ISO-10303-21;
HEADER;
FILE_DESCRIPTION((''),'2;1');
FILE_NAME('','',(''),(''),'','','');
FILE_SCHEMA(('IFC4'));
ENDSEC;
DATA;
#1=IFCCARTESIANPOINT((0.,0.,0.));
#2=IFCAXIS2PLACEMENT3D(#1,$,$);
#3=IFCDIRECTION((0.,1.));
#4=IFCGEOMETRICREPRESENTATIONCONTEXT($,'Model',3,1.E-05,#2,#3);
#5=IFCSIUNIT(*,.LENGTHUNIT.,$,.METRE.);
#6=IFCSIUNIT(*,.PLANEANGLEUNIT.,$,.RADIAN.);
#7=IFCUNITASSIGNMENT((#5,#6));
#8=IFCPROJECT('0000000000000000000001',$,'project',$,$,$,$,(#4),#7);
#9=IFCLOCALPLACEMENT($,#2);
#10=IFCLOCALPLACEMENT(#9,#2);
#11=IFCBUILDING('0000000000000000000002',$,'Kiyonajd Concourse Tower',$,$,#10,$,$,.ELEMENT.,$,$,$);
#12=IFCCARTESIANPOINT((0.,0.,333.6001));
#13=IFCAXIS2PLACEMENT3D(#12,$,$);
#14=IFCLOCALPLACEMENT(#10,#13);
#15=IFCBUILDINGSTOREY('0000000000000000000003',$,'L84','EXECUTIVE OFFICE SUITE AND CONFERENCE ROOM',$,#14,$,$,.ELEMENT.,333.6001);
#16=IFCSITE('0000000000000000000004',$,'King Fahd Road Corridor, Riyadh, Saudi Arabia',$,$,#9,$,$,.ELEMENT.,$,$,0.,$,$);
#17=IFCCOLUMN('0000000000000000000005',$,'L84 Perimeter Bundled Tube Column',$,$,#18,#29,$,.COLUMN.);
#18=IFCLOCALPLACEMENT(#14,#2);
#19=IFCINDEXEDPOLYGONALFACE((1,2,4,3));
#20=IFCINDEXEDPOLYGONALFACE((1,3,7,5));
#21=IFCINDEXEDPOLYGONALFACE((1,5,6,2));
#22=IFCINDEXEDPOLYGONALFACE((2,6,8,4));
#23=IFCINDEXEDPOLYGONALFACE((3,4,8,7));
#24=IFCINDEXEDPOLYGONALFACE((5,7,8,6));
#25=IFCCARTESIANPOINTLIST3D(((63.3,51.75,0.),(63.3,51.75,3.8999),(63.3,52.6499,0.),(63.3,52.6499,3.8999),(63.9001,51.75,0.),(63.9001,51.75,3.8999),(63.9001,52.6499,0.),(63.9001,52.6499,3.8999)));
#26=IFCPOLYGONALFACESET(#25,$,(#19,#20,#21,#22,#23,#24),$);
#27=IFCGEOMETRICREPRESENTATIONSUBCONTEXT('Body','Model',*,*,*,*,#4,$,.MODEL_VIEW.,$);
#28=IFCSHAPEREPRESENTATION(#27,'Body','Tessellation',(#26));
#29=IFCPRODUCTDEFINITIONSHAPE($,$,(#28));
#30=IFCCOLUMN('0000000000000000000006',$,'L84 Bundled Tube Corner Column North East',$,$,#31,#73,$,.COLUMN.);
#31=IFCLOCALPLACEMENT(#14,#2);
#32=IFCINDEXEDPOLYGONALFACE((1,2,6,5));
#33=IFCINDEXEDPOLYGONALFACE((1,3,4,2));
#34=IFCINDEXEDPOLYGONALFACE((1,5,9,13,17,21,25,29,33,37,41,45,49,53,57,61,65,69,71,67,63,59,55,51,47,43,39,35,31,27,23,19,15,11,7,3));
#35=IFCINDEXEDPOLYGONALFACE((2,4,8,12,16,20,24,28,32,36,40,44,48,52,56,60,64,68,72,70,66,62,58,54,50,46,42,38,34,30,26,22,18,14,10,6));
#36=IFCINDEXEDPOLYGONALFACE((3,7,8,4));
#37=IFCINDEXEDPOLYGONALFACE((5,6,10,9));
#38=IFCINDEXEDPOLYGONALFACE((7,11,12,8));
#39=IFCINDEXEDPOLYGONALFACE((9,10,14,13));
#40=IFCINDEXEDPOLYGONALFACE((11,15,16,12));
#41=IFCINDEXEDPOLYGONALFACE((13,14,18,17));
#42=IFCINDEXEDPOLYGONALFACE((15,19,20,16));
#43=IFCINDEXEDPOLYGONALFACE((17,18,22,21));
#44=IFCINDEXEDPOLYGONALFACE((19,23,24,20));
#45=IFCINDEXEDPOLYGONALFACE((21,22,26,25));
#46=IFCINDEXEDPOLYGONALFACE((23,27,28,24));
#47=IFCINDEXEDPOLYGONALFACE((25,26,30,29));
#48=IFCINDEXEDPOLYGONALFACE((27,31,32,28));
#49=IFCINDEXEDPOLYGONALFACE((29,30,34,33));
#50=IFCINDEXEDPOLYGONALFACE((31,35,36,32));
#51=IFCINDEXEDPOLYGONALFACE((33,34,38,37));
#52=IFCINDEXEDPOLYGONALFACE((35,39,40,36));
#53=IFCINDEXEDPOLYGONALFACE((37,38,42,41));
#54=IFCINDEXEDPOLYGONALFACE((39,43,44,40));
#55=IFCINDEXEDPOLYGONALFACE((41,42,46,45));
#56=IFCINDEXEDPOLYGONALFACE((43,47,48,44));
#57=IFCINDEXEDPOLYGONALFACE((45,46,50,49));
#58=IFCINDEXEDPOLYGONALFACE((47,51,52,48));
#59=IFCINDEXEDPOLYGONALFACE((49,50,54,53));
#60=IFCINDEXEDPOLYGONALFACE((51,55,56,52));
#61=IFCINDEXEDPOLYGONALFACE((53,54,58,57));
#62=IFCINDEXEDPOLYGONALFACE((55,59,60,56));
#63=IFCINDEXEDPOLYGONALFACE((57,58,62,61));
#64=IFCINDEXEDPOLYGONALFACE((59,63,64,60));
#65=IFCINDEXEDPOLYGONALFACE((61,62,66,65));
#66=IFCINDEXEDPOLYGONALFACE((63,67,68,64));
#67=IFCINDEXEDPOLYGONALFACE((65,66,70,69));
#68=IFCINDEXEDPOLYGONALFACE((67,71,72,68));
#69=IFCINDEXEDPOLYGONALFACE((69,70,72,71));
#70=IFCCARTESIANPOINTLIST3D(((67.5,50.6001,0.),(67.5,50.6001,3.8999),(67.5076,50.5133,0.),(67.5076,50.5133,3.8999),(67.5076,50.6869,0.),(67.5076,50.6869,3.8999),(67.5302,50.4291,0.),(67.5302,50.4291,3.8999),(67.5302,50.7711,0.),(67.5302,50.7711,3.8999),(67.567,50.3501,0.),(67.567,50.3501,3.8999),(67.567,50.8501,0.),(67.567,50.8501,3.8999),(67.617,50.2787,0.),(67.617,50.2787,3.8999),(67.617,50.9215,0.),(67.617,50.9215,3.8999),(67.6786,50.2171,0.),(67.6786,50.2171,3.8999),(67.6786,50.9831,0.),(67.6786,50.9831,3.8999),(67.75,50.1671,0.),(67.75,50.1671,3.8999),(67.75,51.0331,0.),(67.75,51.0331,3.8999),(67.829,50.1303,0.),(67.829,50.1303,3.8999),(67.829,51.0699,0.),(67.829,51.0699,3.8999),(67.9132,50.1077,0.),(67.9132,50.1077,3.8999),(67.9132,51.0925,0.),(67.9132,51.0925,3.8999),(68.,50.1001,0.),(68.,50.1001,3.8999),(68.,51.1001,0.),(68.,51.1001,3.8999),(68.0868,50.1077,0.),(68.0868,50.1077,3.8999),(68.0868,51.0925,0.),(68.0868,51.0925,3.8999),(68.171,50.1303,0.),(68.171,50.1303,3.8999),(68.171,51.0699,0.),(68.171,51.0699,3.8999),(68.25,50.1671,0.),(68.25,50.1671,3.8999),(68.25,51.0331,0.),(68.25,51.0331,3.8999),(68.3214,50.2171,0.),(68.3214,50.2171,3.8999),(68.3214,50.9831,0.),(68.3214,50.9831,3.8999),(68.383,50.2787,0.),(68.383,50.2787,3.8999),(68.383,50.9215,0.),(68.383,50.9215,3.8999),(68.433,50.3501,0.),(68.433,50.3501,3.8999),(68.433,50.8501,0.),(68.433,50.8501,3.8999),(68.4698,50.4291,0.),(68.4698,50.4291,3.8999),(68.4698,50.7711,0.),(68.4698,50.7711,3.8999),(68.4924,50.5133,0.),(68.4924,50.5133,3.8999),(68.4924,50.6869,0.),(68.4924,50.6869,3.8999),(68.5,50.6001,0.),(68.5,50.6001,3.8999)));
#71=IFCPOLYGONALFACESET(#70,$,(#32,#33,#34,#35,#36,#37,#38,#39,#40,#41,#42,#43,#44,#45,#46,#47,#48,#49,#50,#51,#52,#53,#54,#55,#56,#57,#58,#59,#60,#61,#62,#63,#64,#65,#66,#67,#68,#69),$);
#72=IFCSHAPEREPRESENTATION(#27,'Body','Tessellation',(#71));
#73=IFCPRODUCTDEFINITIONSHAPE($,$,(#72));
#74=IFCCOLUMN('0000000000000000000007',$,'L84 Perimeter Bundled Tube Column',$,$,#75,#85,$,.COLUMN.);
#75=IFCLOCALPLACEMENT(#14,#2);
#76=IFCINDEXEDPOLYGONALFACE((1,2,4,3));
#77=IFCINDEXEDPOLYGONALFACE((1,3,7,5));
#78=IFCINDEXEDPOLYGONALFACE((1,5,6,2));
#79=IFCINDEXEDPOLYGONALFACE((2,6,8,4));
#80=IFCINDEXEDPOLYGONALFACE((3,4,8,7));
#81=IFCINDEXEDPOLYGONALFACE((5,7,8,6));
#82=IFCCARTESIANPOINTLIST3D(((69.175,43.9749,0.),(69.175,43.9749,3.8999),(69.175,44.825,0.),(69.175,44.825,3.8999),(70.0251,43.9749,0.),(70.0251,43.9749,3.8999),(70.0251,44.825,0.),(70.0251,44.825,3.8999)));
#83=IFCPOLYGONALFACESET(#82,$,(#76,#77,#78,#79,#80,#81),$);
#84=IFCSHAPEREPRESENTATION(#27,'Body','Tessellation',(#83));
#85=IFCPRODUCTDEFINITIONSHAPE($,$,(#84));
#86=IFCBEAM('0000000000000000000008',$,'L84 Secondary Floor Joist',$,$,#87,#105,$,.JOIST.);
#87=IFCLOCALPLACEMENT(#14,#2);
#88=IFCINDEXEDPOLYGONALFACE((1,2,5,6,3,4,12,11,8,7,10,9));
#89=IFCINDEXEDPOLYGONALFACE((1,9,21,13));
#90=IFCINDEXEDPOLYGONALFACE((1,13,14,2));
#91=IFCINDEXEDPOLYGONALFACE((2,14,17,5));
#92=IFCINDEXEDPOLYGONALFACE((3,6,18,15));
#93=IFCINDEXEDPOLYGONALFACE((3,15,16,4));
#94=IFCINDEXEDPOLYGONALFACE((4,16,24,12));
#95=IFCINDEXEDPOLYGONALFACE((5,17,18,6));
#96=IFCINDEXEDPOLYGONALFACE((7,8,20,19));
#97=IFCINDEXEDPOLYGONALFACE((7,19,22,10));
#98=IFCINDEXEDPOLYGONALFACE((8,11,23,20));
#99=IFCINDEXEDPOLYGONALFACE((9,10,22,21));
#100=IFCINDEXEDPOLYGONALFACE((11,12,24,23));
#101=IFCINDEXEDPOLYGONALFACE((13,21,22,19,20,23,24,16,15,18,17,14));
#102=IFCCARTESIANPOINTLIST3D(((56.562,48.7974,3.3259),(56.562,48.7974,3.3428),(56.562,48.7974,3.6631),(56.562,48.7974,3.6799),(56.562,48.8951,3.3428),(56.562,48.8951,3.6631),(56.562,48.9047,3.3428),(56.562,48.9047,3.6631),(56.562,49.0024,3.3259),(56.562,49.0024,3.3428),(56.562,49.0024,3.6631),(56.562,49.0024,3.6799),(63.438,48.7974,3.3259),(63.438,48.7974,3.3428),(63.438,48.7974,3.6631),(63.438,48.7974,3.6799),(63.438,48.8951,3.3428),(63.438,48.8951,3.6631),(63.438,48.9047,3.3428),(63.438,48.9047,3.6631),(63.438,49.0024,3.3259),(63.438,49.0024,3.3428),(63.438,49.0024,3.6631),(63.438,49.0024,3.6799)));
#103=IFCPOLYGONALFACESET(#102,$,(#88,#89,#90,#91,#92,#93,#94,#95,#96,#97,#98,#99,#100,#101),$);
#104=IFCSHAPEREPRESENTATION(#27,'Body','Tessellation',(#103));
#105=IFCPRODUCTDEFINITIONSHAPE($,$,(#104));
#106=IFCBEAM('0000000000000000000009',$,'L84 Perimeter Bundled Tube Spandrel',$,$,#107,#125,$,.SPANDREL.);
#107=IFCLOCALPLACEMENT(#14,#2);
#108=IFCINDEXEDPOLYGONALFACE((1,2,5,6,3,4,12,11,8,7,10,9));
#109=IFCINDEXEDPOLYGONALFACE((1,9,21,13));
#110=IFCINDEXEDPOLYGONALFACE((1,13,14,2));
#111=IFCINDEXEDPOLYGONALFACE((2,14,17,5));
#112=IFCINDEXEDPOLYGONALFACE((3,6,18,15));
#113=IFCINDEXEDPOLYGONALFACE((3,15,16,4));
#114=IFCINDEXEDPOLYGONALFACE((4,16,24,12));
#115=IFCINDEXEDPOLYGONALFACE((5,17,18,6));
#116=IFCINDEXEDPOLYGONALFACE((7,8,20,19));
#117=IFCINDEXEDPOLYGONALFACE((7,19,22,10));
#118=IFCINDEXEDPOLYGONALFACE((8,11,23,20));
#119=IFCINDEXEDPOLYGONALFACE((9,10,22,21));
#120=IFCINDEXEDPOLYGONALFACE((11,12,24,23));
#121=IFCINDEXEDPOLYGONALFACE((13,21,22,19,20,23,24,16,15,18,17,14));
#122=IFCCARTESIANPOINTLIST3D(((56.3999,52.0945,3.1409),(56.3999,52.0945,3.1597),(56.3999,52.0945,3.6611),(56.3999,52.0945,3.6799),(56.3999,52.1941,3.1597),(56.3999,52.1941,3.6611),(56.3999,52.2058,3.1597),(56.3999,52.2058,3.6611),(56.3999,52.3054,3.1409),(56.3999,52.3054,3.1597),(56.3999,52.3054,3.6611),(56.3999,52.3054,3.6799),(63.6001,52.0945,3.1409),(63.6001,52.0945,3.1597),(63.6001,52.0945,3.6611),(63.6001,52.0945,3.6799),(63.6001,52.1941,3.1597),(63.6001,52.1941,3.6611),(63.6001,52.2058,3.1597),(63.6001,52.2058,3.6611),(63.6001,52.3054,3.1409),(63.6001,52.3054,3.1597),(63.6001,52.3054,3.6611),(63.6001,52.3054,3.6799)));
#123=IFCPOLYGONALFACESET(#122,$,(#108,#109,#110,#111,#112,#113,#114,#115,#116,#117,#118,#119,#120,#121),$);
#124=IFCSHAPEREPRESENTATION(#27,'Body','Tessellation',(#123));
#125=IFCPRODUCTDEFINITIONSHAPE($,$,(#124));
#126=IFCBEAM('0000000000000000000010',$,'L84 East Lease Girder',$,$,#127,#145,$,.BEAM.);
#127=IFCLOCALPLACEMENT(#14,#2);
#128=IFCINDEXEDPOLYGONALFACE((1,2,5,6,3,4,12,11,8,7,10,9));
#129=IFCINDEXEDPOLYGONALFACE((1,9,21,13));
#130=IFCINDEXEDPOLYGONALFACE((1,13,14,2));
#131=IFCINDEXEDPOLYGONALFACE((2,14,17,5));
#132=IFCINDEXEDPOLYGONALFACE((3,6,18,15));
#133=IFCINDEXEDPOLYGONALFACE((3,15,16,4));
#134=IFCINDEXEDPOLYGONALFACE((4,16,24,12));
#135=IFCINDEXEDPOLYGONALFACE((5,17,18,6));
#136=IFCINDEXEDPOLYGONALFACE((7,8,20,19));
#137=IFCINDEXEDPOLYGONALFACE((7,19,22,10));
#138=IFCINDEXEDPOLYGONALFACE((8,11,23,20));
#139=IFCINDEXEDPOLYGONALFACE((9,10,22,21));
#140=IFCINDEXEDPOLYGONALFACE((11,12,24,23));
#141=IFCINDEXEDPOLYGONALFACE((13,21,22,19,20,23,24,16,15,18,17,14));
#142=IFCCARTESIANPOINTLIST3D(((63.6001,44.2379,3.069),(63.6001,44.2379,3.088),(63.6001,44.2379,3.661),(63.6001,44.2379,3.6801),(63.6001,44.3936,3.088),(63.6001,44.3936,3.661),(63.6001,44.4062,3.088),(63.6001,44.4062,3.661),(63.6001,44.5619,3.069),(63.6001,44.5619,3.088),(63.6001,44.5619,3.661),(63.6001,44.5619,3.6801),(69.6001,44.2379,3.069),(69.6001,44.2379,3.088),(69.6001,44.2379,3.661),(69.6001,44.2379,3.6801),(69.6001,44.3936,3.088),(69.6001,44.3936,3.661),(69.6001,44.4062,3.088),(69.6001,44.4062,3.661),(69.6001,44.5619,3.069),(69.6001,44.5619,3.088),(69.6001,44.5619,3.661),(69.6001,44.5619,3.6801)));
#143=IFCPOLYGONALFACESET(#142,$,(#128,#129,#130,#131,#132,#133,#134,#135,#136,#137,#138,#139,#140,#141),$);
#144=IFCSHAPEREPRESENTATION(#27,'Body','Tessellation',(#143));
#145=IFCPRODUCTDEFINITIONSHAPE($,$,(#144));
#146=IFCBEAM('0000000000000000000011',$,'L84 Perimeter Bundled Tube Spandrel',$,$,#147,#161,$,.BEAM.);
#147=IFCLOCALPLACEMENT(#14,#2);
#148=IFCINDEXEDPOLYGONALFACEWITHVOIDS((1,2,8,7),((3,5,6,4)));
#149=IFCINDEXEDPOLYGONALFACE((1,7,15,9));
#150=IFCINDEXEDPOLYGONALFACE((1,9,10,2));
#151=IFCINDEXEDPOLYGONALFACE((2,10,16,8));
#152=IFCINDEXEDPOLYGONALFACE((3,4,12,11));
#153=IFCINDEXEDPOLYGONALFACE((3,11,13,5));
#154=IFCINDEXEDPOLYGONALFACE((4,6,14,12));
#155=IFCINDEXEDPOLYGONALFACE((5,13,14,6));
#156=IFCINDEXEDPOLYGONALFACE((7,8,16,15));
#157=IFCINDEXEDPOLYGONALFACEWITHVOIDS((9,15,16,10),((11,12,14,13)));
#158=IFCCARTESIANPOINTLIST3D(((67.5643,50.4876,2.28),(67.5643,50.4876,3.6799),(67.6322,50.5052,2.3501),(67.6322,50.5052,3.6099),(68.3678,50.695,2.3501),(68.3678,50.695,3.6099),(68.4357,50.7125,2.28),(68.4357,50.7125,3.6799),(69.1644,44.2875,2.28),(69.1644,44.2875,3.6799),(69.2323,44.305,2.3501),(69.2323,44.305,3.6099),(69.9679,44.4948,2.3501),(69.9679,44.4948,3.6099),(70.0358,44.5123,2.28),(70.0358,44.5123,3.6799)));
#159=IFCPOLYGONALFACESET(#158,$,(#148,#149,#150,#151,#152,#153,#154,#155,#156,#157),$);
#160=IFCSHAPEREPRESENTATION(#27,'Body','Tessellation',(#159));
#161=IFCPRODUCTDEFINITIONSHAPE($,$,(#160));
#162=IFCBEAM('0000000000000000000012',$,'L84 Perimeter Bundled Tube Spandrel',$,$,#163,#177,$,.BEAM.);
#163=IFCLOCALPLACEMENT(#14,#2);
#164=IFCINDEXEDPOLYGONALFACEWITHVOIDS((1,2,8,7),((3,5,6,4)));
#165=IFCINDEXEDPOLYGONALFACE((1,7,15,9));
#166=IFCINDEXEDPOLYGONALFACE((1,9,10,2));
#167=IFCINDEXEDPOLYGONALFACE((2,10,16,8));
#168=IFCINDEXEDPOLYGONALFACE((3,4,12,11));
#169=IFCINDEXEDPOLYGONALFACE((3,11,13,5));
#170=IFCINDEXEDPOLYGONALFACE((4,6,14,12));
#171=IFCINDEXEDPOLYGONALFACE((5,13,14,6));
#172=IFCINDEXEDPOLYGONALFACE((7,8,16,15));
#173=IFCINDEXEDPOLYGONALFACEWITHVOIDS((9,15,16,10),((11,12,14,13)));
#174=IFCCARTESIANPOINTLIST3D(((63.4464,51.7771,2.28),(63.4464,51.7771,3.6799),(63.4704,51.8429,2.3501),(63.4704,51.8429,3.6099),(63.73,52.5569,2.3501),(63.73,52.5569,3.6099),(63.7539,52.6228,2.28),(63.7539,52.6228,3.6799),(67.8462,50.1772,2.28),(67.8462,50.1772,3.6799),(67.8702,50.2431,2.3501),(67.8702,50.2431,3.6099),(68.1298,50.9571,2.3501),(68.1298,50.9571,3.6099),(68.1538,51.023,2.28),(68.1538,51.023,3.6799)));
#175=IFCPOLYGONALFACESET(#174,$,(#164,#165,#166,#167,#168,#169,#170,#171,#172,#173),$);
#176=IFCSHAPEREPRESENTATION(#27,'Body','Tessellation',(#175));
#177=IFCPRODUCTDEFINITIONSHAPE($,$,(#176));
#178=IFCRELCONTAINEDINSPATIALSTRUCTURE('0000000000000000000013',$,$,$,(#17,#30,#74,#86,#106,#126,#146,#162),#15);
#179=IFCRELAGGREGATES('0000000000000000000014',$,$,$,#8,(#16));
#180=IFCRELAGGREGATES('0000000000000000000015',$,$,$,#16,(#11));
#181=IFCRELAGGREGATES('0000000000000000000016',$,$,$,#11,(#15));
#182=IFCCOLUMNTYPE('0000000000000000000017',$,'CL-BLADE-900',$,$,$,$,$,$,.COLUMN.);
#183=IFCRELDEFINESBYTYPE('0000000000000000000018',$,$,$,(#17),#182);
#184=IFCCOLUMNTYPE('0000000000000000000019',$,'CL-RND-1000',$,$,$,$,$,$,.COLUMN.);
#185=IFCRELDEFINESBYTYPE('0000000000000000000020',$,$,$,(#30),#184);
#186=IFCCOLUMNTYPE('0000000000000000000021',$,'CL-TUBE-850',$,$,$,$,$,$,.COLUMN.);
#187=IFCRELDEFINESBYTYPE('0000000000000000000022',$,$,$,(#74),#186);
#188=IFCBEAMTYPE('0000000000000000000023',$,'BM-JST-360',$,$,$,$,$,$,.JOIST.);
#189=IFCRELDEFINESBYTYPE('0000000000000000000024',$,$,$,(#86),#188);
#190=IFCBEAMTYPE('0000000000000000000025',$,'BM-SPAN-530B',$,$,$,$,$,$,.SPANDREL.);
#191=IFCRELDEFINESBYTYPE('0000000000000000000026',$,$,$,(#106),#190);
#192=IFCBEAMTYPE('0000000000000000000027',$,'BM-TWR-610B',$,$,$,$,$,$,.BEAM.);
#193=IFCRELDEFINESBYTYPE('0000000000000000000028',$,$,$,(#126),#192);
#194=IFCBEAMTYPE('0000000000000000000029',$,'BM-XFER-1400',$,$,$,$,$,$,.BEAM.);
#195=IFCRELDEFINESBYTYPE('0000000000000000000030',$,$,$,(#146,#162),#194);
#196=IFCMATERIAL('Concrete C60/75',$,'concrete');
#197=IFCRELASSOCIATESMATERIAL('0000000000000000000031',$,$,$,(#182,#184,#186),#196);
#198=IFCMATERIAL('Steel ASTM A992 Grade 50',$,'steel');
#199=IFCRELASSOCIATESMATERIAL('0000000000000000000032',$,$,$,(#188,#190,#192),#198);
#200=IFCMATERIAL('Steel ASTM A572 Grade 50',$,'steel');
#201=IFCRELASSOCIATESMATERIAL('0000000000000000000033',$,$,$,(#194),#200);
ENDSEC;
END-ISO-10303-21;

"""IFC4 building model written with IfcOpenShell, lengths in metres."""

from ifc_helpers import new_model, si_unit, direction, frame, origin, origin_2d, place, context, subcontext, project, spatial, rectangle, hollow_rectangle, circle, i_section, extrude, material, material_profile, profile_set, type_object, element, save


model = new_model("IFC4")

# Units and contexts
model_context = context("Model", 3, precision=1e-05, world=origin(), true_north=direction((0.0, 1.0)))
body_context = subcontext(model_context, "Body", "Model", "MODEL_VIEW")
ifc_project = project(units=[si_unit("LENGTHUNIT", "METRE"), si_unit("PLANEANGLEUNIT", "RADIAN")], contexts=[model_context])

# Site, building, storey
site_placement = place(None, origin())
site = spatial("IfcSite", under=ifc_project, at=site_placement, Name="King Fahd Road Corridor, Riyadh, Saudi Arabia", CompositionType="ELEMENT", RefElevation=0.0)
building_placement = place(site_placement, origin())
building = spatial("IfcBuilding", under=site, at=building_placement, Name="Kiyonajd Concourse Tower", CompositionType="ELEMENT")
storey_placement = place(building_placement, frame((0.0, 0.0, 333.6001)))
storey = spatial("IfcBuildingStorey", under=building, at=storey_placement, Name="L84", Description="EXECUTIVE OFFICE SUITE AND CONFERENCE ROOM", CompositionType="ELEMENT", Elevation=333.6001)

# Columns
ifc_material_1 = material(Name="Concrete C60/75", Category="concrete")
ifc_material_profile_1 = material_profile(ifc_material_1, rectangle(XDim=0.6001, YDim=0.8999, at=origin_2d()), Name="RC-900x600")
ifc_profile_set_1 = profile_set([ifc_material_profile_1], Name="Concrete C60/75")
column_type_1 = type_object("IfcColumnType", Name="CL-BLADE-900", PredefinedType="COLUMN", material=ifc_profile_set_1)
column_1_placement = place(storey_placement, frame((63.6001, 52.2, 0.0), z_axis=(0.0, 0.0, 1.0), x_axis=(1.0, 0.0, 0.0)))
element("IfcColumn", 1, at=column_1_placement, inside=storey, type_object=column_type_1, Name="L84 Perimeter Bundled Tube Column", PredefinedType="COLUMN", context=body_context, shape_type="SweptSolid", body=[
    extrude(rectangle(XDim=0.6001, YDim=0.8999, at=origin_2d()), origin(), (0.0, 0.0, 1.0), 3.8999),
])
ifc_material_profile_2 = material_profile(ifc_material_1, circle(Radius=0.5, at=origin_2d()), Name="RCC-D1000")
ifc_profile_set_2 = profile_set([ifc_material_profile_2], Name="Concrete C60/75")
column_type_2 = type_object("IfcColumnType", Name="CL-RND-1000", PredefinedType="COLUMN", material=ifc_profile_set_2)
column_2_placement = place(storey_placement, frame((68.0, 50.6001, 0.0), z_axis=(0.0, 0.0, 1.0), x_axis=(1.0, 0.0, 0.0)))
element("IfcColumn", 2, at=column_2_placement, inside=storey, type_object=column_type_2, Name="L84 Bundled Tube Corner Column North East", PredefinedType="COLUMN", context=body_context, shape_type="SweptSolid", body=[
    extrude(circle(Radius=0.5, at=origin_2d()), origin(), (0.0, 0.0, 1.0), 3.8999),
])
ifc_material_profile_3 = material_profile(ifc_material_1, rectangle(XDim=0.8501, YDim=0.8501, at=origin_2d()), Name="RC-850x850")
ifc_profile_set_3 = profile_set([ifc_material_profile_3], Name="Concrete C60/75")
column_type_3 = type_object("IfcColumnType", Name="CL-TUBE-850", PredefinedType="COLUMN", material=ifc_profile_set_3)
column_3_placement = place(storey_placement, frame((69.6001, 44.3999, 0.0), z_axis=(0.0, 0.0, 1.0), x_axis=(1.0, 0.0, 0.0)))
element("IfcColumn", 3, at=column_3_placement, inside=storey, type_object=column_type_3, Name="L84 Perimeter Bundled Tube Column", PredefinedType="COLUMN", context=body_context, shape_type="SweptSolid", body=[
    extrude(rectangle(XDim=0.8501, YDim=0.8501, at=origin_2d()), origin(), (0.0, 0.0, 1.0), 3.8999),
])

# Beams
ifc_material_2 = material(Name="Steel ASTM A992 Grade 50", Category="steel")
ifc_material_profile_4 = material_profile(ifc_material_2, i_section(OverallWidth=0.2051, OverallDepth=0.354, WebThickness=0.0095, FlangeThickness=0.0168, at=origin_2d()), Name="W360X79")
ifc_profile_set_4 = profile_set([ifc_material_profile_4], Name="Steel ASTM A992 Grade 50")
beam_type_1 = type_object("IfcBeamType", Name="BM-JST-360", PredefinedType="JOIST", material=ifc_profile_set_4)
beam_1_placement = place(storey_placement, frame((56.562, 48.8999, 3.5029), z_axis=(1.0, 0.0, 0.0), x_axis=(0.0, 1.0, 0.0)))
element("IfcBeam", 4, at=beam_1_placement, inside=storey, type_object=beam_type_1, Name="L84 Secondary Floor Joist", PredefinedType="JOIST", context=body_context, shape_type="SweptSolid", body=[
    extrude(i_section(OverallWidth=0.2051, OverallDepth=0.354, WebThickness=0.0095, FlangeThickness=0.0168, at=origin_2d()), origin(), (0.0, 0.0, 1.0), 6.876),
])
ifc_material_profile_5 = material_profile(ifc_material_2, i_section(OverallWidth=0.2109, OverallDepth=0.5391, WebThickness=0.0117, FlangeThickness=0.0188, at=origin_2d()), Name="W530X109")
ifc_profile_set_5 = profile_set([ifc_material_profile_5], Name="Steel ASTM A992 Grade 50")
beam_type_2 = type_object("IfcBeamType", Name="BM-SPAN-530B", PredefinedType="SPANDREL", material=ifc_profile_set_5)
beam_2_placement = place(storey_placement, frame((63.6001, 52.2, 3.4104), z_axis=(-1.0, 0.0, 0.0), x_axis=(0.0, -1.0, 0.0)))
element("IfcBeam", 5, at=beam_2_placement, inside=storey, type_object=beam_type_2, Name="L84 Perimeter Bundled Tube Spandrel", PredefinedType="SPANDREL", context=body_context, shape_type="SweptSolid", body=[
    extrude(i_section(OverallWidth=0.2109, OverallDepth=0.5391, WebThickness=0.0117, FlangeThickness=0.0188, at=origin_2d()), origin(), (0.0, 0.0, 1.0), 7.2002),
])
ifc_material_profile_6 = material_profile(ifc_material_2, i_section(OverallWidth=0.324, OverallDepth=0.6111, WebThickness=0.0127, FlangeThickness=0.019, at=origin_2d()), Name="W610X155")
ifc_profile_set_6 = profile_set([ifc_material_profile_6], Name="Steel ASTM A992 Grade 50")
beam_type_3 = type_object("IfcBeamType", Name="BM-TWR-610B", PredefinedType="BEAM", material=ifc_profile_set_6)
beam_3_placement = place(storey_placement, frame((63.6001, 44.3999, 3.3745), z_axis=(1.0, 0.0, 0.0), x_axis=(0.0, 1.0, 0.0)))
element("IfcBeam", 6, at=beam_3_placement, inside=storey, type_object=beam_type_3, Name="L84 East Lease Girder", PredefinedType="BEAM", context=body_context, shape_type="SweptSolid", body=[
    extrude(i_section(OverallWidth=0.324, OverallDepth=0.6111, WebThickness=0.0127, FlangeThickness=0.019, at=origin_2d()), origin(), (0.0, 0.0, 1.0), 6.0),
])
ifc_material_3 = material(Name="Steel ASTM A572 Grade 50", Category="steel")
ifc_material_profile_7 = material_profile(ifc_material_3, hollow_rectangle(XDim=0.8999, YDim=1.3999, WallThickness=0.0701, at=origin_2d()), Name="BOX-1400x900x70")
ifc_profile_set_7 = profile_set([ifc_material_profile_7], Name="Steel ASTM A572 Grade 50")
beam_type_4 = type_object("IfcBeamType", Name="BM-XFER-1400", PredefinedType="BEAM", material=ifc_profile_set_7)
beam_4_placement = place(storey_placement, frame((69.6001, 44.3999, 2.98), z_axis=(-0.249885, 0.968276, 0.0), x_axis=(-0.968276, -0.249885, 0.0)))
element("IfcBeam", 7, at=beam_4_placement, inside=storey, type_object=beam_type_4, Name="L84 Perimeter Bundled Tube Spandrel", PredefinedType="BEAM", context=body_context, shape_type="SweptSolid", body=[
    extrude(hollow_rectangle(XDim=0.8999, YDim=1.3999, WallThickness=0.0701, at=origin_2d()), origin(), (0.0, 0.0, 1.0), 6.4033),
])
beam_5_placement = place(storey_placement, frame((68.0, 50.6001, 2.98), z_axis=(-0.939801, 0.341722, 0.0), x_axis=(-0.341722, -0.939801, 0.0)))
element("IfcBeam", 8, at=beam_5_placement, inside=storey, type_object=beam_type_4, Name="L84 Perimeter Bundled Tube Spandrel", PredefinedType="BEAM", context=body_context, shape_type="SweptSolid", body=[
    extrude(hollow_rectangle(XDim=0.8999, YDim=1.3999, WallThickness=0.0701, at=origin_2d()), origin(), (0.0, 0.0, 1.0), 4.6816),
])

save(model, "model.ifc")
